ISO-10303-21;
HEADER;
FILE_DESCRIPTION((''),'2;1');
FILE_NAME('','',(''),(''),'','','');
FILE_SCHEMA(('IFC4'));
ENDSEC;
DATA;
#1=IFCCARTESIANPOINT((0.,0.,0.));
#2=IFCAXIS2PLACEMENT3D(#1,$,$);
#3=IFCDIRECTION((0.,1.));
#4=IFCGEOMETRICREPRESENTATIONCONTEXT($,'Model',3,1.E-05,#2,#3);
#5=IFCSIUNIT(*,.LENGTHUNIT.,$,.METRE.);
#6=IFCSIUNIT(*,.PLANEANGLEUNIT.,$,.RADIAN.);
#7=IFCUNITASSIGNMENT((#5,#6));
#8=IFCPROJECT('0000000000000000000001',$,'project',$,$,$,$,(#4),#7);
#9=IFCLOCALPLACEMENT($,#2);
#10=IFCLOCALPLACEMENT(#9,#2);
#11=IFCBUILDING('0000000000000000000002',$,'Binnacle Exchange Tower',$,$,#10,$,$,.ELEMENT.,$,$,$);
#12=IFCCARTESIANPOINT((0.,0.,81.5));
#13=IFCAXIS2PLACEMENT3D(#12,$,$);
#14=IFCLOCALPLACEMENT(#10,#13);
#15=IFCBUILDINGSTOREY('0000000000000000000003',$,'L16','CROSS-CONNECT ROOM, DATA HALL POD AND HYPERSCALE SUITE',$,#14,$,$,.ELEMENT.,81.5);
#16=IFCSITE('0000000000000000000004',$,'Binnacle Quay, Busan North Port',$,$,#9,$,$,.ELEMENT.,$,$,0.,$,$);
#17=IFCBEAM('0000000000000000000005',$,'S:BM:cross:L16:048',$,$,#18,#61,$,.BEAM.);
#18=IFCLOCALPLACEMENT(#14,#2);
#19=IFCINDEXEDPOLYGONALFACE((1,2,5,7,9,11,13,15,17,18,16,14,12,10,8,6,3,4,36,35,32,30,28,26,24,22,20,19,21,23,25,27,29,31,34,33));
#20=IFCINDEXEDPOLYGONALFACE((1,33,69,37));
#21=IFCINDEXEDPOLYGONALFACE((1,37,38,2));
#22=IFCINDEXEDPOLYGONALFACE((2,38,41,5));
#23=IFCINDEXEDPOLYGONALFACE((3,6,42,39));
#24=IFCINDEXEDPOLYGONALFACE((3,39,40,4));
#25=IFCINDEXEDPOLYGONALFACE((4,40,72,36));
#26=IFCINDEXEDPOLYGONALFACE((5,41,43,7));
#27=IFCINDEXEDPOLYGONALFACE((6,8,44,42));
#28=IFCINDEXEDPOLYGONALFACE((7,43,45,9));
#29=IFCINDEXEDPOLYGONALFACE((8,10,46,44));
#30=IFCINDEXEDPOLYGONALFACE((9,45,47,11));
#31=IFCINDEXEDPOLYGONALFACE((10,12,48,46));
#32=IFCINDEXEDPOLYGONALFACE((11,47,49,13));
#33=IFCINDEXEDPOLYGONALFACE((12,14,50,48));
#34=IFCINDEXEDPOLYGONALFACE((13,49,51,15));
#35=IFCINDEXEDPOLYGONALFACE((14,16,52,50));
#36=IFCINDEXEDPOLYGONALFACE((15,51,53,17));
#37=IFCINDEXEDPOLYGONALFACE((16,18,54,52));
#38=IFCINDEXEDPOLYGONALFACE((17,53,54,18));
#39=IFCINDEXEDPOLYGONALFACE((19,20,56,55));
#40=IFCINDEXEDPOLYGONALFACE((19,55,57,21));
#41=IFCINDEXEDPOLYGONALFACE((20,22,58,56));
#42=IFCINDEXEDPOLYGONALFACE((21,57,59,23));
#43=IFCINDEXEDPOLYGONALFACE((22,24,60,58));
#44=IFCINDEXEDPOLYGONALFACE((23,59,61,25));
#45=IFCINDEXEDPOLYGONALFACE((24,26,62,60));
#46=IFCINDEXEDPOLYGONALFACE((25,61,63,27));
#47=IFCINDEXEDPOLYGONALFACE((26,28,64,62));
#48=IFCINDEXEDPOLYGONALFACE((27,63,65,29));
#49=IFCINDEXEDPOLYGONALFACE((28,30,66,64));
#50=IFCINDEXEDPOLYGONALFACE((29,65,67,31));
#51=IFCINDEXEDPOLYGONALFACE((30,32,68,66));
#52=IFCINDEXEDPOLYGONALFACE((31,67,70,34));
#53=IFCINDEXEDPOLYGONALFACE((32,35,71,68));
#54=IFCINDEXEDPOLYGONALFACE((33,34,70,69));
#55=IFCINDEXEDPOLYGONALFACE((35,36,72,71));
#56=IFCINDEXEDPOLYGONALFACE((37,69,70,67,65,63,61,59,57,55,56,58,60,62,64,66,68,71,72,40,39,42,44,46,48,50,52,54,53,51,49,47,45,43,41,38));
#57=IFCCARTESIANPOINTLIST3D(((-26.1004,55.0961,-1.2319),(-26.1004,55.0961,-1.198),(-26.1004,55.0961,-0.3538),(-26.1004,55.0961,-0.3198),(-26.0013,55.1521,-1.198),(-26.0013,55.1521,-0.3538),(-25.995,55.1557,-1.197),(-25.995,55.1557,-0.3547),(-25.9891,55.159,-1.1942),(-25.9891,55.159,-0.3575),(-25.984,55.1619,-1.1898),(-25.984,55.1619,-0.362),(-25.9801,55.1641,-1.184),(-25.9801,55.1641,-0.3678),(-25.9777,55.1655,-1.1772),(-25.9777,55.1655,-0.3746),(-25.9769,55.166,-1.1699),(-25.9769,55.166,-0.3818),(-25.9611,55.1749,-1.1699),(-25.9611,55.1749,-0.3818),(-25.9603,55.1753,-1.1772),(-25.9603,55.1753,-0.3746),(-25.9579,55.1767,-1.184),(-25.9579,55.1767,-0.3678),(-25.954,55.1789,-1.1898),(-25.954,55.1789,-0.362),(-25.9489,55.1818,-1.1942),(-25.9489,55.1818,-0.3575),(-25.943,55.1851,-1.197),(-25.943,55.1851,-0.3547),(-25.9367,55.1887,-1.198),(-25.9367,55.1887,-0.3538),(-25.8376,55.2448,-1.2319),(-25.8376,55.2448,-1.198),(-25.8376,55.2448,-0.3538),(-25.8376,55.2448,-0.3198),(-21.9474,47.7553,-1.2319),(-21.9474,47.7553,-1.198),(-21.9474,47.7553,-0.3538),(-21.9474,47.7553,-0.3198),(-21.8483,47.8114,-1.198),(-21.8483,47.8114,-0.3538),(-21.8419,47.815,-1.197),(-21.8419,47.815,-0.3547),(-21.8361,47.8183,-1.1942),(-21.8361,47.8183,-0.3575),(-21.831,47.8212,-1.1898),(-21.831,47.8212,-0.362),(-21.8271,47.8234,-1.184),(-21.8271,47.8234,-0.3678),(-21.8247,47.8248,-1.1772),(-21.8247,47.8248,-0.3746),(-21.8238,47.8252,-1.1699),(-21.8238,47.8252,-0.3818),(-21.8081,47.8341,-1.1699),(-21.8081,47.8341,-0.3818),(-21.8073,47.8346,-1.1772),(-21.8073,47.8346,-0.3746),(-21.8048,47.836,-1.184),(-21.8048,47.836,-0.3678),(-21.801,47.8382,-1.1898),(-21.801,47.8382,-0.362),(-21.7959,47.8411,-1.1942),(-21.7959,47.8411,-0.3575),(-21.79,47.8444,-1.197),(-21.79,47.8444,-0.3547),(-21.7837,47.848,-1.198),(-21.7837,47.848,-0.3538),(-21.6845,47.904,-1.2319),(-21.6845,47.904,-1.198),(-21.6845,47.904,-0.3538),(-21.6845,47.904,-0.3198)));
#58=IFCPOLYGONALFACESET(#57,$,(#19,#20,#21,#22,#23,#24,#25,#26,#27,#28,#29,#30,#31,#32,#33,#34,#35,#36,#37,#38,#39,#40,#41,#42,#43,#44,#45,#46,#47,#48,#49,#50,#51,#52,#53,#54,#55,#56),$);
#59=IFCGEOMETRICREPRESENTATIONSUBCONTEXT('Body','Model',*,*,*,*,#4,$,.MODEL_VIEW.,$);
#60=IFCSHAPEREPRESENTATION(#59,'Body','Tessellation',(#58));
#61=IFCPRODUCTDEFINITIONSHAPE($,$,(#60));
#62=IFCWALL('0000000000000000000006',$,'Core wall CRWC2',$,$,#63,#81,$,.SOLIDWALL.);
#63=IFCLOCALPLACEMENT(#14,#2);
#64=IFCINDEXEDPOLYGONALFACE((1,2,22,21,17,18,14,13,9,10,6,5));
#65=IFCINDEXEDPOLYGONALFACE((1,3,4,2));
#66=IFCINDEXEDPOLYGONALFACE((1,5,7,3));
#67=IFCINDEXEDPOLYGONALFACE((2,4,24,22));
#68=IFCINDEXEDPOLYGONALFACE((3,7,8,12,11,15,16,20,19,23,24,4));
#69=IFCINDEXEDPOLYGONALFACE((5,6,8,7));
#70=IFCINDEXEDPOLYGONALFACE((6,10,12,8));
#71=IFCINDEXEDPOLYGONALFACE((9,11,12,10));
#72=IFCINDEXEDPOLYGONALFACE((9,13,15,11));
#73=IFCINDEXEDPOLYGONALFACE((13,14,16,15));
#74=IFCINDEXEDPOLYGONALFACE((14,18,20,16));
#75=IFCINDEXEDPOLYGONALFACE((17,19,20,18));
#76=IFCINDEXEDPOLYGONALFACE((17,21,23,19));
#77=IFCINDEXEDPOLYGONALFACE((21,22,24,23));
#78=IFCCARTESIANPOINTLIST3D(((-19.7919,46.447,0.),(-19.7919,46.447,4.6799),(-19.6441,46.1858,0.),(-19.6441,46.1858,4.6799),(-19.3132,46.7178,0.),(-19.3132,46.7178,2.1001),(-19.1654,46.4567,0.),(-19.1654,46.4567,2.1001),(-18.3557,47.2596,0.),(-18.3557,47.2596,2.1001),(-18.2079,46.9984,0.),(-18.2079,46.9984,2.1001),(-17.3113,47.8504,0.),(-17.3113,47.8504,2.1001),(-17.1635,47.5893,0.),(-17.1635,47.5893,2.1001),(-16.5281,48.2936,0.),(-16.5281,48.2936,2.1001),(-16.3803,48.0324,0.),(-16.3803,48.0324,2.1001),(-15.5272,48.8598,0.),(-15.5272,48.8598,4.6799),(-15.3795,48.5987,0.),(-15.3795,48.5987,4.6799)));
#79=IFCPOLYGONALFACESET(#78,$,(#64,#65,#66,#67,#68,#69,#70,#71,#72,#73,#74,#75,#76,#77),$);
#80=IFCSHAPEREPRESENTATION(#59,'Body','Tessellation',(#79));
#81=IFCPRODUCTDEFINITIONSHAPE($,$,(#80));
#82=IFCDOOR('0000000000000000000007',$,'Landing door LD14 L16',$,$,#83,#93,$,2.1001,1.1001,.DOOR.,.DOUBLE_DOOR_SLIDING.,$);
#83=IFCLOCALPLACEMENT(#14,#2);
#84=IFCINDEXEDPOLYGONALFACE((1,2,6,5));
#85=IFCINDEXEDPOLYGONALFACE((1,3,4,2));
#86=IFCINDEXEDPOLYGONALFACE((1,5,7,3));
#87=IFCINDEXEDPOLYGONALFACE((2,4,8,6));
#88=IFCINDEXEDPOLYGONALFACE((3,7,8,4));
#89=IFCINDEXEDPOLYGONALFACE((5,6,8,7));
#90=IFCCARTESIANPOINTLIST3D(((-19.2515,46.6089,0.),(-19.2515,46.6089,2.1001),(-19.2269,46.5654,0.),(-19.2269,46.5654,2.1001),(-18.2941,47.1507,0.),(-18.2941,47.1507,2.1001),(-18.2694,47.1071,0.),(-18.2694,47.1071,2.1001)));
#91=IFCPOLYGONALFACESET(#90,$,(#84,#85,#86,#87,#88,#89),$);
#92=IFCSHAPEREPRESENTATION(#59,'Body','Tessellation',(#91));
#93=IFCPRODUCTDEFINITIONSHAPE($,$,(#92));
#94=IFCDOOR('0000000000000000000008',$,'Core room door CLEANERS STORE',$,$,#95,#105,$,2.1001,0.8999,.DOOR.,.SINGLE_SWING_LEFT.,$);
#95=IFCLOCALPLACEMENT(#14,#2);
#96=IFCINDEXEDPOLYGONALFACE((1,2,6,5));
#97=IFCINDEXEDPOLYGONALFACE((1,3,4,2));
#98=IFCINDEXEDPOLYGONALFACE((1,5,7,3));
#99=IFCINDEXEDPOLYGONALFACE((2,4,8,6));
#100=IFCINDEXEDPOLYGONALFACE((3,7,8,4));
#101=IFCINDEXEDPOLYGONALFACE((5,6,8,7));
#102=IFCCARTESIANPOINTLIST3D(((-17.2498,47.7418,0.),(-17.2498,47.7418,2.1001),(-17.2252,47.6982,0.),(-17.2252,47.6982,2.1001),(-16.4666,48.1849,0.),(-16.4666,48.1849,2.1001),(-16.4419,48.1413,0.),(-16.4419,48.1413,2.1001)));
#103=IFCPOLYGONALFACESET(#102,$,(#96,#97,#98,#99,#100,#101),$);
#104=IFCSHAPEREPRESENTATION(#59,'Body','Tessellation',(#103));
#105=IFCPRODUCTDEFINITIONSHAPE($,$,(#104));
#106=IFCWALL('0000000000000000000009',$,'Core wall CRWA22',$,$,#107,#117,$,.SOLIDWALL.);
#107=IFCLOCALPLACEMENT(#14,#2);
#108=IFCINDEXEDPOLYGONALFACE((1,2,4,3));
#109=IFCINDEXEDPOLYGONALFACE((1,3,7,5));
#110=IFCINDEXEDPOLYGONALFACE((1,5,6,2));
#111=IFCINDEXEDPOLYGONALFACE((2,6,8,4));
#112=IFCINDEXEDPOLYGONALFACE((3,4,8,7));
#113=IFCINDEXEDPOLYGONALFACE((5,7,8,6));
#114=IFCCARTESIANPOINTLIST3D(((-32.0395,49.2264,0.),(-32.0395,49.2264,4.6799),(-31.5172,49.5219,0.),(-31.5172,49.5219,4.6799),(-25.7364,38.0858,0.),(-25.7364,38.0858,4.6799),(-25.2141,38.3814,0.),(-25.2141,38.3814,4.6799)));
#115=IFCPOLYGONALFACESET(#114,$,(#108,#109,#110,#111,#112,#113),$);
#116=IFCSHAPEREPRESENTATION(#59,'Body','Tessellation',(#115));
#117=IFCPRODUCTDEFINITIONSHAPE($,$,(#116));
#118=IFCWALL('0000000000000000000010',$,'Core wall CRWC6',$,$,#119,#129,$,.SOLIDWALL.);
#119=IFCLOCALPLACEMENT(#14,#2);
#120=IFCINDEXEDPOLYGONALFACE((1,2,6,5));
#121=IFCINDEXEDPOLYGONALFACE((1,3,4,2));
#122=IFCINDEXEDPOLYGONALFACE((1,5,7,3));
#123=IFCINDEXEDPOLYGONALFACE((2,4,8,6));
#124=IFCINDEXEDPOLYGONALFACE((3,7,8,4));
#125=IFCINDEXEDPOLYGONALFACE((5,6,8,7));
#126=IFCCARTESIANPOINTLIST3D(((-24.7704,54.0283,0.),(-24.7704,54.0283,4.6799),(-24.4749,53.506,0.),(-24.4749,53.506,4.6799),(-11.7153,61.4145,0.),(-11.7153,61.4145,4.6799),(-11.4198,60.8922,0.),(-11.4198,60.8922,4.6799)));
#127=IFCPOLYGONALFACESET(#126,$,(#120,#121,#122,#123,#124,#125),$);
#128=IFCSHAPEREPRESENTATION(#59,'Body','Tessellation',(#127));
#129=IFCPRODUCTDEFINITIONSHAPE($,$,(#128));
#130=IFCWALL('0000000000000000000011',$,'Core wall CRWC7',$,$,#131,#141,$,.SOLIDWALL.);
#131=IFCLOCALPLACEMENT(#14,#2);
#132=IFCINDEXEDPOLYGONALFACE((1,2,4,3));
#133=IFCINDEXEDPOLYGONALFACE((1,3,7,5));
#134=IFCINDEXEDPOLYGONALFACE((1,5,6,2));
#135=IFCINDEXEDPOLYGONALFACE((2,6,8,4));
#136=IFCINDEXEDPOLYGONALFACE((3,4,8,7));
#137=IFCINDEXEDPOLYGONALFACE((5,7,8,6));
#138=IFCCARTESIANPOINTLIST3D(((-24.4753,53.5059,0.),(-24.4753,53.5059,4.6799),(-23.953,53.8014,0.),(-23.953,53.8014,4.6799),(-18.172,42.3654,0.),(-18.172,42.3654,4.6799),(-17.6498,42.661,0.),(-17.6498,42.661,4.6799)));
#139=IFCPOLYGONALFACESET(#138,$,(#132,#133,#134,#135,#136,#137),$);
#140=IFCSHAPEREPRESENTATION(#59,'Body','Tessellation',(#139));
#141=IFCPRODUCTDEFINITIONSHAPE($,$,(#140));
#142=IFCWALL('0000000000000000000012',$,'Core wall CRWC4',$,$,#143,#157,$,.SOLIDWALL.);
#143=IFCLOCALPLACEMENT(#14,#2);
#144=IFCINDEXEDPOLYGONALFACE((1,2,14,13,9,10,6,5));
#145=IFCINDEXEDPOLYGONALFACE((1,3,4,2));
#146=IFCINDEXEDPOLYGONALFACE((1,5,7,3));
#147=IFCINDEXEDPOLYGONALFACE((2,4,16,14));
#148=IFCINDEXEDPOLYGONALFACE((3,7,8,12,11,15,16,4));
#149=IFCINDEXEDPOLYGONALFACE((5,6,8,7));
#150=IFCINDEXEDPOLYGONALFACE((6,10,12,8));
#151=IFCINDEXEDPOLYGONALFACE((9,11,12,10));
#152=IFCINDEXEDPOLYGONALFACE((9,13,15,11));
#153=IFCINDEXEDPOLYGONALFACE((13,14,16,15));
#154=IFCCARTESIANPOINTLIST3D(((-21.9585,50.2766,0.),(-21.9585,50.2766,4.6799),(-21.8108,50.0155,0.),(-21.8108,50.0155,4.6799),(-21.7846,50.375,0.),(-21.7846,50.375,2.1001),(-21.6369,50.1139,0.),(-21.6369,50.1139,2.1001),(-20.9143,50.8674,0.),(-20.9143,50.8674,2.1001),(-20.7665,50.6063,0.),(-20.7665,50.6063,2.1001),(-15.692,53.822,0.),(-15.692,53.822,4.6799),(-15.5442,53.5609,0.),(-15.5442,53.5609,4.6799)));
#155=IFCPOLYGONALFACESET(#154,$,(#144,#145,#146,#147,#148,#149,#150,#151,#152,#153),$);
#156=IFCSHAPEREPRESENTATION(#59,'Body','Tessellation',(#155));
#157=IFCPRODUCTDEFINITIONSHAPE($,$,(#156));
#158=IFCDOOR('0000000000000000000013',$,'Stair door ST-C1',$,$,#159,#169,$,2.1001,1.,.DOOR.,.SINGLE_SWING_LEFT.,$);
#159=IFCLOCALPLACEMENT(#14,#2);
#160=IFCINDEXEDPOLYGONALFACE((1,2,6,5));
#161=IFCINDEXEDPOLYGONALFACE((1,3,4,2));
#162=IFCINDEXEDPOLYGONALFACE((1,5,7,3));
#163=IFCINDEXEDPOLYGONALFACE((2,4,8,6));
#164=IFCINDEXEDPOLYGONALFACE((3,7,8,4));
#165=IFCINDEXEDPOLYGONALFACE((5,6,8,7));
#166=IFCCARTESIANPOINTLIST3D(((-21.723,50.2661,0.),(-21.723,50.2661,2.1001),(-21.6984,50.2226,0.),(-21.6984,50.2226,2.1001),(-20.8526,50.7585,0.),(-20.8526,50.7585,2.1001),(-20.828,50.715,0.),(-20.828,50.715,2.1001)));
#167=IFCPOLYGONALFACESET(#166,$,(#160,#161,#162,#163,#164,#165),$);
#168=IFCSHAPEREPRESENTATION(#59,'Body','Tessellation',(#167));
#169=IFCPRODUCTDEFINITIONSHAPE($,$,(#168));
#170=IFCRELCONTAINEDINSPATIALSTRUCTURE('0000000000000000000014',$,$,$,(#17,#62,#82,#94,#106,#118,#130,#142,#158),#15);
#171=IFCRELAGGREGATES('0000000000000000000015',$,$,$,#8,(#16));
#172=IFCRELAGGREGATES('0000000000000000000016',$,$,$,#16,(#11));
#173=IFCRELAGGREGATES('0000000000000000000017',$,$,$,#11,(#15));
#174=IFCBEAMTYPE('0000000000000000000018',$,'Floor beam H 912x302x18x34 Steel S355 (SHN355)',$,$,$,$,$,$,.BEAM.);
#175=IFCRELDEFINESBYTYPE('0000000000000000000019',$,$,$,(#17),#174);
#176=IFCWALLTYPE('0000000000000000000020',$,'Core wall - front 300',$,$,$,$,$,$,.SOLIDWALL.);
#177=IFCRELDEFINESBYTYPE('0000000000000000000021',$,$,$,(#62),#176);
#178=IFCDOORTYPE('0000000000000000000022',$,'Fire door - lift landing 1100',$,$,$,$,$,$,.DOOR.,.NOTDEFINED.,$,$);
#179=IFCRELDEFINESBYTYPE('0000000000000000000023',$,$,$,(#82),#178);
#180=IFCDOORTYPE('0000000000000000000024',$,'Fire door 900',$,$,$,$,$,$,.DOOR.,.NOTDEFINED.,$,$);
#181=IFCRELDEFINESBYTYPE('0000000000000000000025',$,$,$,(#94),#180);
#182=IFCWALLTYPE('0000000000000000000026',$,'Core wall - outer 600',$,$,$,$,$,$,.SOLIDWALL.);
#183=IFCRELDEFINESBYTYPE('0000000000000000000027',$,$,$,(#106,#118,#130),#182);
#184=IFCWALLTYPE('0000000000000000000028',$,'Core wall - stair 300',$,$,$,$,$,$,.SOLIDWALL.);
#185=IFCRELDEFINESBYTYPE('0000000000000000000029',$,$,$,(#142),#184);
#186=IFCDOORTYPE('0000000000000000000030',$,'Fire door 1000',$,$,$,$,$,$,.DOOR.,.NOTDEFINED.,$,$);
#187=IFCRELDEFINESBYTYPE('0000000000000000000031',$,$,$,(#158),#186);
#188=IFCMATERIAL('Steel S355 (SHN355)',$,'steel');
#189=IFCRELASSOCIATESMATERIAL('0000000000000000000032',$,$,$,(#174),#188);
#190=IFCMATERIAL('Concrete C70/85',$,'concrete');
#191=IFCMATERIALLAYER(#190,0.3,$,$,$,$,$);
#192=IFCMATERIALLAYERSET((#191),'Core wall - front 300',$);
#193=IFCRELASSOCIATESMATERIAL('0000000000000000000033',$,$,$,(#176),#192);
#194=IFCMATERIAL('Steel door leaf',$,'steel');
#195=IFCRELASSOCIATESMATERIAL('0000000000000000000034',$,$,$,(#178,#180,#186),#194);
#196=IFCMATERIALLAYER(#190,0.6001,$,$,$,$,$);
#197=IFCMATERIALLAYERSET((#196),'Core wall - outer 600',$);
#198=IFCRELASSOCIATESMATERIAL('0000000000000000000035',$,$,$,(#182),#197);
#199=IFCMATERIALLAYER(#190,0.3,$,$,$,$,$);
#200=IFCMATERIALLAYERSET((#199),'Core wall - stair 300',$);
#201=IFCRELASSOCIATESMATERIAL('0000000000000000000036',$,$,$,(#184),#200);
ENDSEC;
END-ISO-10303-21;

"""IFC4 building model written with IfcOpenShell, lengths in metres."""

from ifc_helpers import new_model, si_unit, direction, frame, frame_2d, origin, origin_2d, place, context, subcontext, project, spatial, rectangle, i_section, extrude, material, layer, layer_set, material_profile, profile_set, type_object, element, fill, save


model = new_model("IFC4")

# Units and contexts
model_context = context("Model", 3, precision=1e-05, world=origin(), true_north=direction((0.0, 1.0)))
body_context = subcontext(model_context, "Body", "Model", "MODEL_VIEW")
ifc_project = project(units=[si_unit("LENGTHUNIT", "METRE"), si_unit("PLANEANGLEUNIT", "RADIAN")], contexts=[model_context])

# Site, building, storey
site_placement = place(None, origin())
site = spatial("IfcSite", under=ifc_project, at=site_placement, Name="Binnacle Quay, Busan North Port", CompositionType="ELEMENT", RefElevation=0.0)
building_placement = place(site_placement, origin())
building = spatial("IfcBuilding", under=site, at=building_placement, Name="Binnacle Exchange Tower", CompositionType="ELEMENT")
storey_placement = place(building_placement, frame((0.0, 0.0, 81.5)))
storey = spatial("IfcBuildingStorey", under=building, at=storey_placement, Name="L16", Description="CROSS-CONNECT ROOM, DATA HALL POD AND HYPERSCALE SUITE", CompositionType="ELEMENT", Elevation=81.5)

# Shared definitions
ifc_material_1 = material(Name="Concrete C70/85", Category="concrete")

# Beam
ifc_material_2 = material(Name="Steel S355 (SHN355)", Category="steel")
ifc_material_profile_1 = material_profile(ifc_material_2, i_section(OverallWidth=0.302, OverallDepth=0.9121, WebThickness=0.0181, FlangeThickness=0.0339, FilletRadius=0.0281, at=origin_2d()), Name="H 912x302x18x34")
ifc_profile_set_1 = profile_set([ifc_material_profile_1], Name="Steel S355 (SHN355)")
beam_type_1 = type_object("IfcBeamType", Name="Floor beam H 912x302x18x34 Steel S355 (SHN355)", PredefinedType="BEAM", material=ifc_profile_set_1)
beam_1_placement = place(storey_placement, frame((-25.969, 55.1704, -0.7759), z_axis=(0.492409, -0.870364, 0.0), x_axis=(0.870364, 0.492409, 0.0)))
element("IfcBeam", 1, at=beam_1_placement, inside=storey, type_object=beam_type_1, Name="S:BM:cross:L16:048", PredefinedType="BEAM", context=body_context, shape_type="SweptSolid", body=[
    extrude(i_section(OverallWidth=0.302, OverallDepth=0.9121, WebThickness=0.0181, FlangeThickness=0.0339, FilletRadius=0.0281, at=origin_2d()), origin(), (0.0, 0.0, 1.0), 8.4341),
])

# Wall, openings, doors
ifc_layer_1 = layer(ifc_material_1, 0.3)
ifc_layer_set_1 = layer_set([ifc_layer_1], Name="Core wall - front 300")
wall_type_1 = type_object("IfcWallType", Name="Core wall - front 300", PredefinedType="SOLIDWALL", material=ifc_layer_set_1)
wall_1_placement = place(storey_placement, frame((-19.718, 46.3164, 0.0), z_axis=(0.0, 0.0, 1.0), x_axis=(0.870354, 0.492427, 0.0)))
wall_1 = element("IfcWall", 2, at=wall_1_placement, inside=storey, type_object=wall_type_1, Name="Core wall CRWC2", PredefinedType="SOLIDWALL", context=body_context, shape_type="SweptSolid", body=[
    extrude(rectangle(XDim=4.8999, YDim=0.3, at=frame_2d((2.45, 0.0))), origin(), (0.0, 0.0, 1.0), 4.6799),
])
opening_1_placement = place(wall_1_placement, frame((0.55, 0.0, 0.0)))
opening_1 = element("IfcOpeningElement", 3, at=opening_1_placement, cuts=wall_1, PredefinedType="OPENING", context=body_context, shape_type="SweptSolid", body=[
    extrude(rectangle(XDim=1.1001, YDim=2.1001, at=frame_2d((0.55, 1.05))), frame((0.0, 0.1599, 0.0), z_axis=(0.0, -1.0, 0.0), x_axis=(1.0, 0.0, 0.0)), (0.0, 0.0, 1.0), 0.3201),
])
opening_2_placement = place(wall_1_placement, frame((2.8501, 0.0, 0.0)))
opening_2 = element("IfcOpeningElement", 4, at=opening_2_placement, cuts=wall_1, PredefinedType="OPENING", context=body_context, shape_type="SweptSolid", body=[
    extrude(rectangle(XDim=0.8999, YDim=2.1001, at=frame_2d((0.45, 1.05))), frame((0.0, 0.1599, 0.0), z_axis=(0.0, -1.0, 0.0), x_axis=(1.0, 0.0, 0.0)), (0.0, 0.0, 1.0), 0.3201),
])
ifc_material_3 = material(Name="Steel door leaf", Category="steel")
door_type_1 = type_object("IfcDoorType", Name="Fire door - lift landing 1100", OperationType="NOTDEFINED", PredefinedType="DOOR", material=ifc_material_3)
door_1_placement = place(opening_1_placement, origin())
door_1 = element("IfcDoor", 5, at=door_1_placement, inside=storey, type_object=door_type_1, Name="Landing door LD14 L16", OperationType="DOUBLE_DOOR_SLIDING", OverallHeight=2.1001, OverallWidth=1.1001, PredefinedType="DOOR", context=body_context, shape_type="SweptSolid", body=[
    extrude(rectangle(XDim=1.1001, YDim=2.1001, at=frame_2d((0.55, 1.05))), frame((0.0, 0.0249, 0.0), z_axis=(0.0, -1.0, 0.0), x_axis=(1.0, 0.0, 0.0)), (0.0, 0.0, 1.0), 0.05),
])
fill(opening_1, door_1)
door_type_2 = type_object("IfcDoorType", Name="Fire door 900", OperationType="NOTDEFINED", PredefinedType="DOOR", material=ifc_material_3)
door_2_placement = place(opening_2_placement, frame((0.8999, 0.0, 0.0), z_axis=(0.0, 0.0, 1.0), x_axis=(-1.0, 0.0, 0.0)))
door_2 = element("IfcDoor", 6, at=door_2_placement, inside=storey, type_object=door_type_2, Name="Core room door CLEANERS STORE", OperationType="SINGLE_SWING_LEFT", OverallHeight=2.1001, OverallWidth=0.8999, PredefinedType="DOOR", context=body_context, shape_type="SweptSolid", body=[
    extrude(rectangle(XDim=0.8999, YDim=2.1001, at=frame_2d((0.45, 1.05))), frame((0.0, 0.0249, 0.0), z_axis=(0.0, -1.0, 0.0), x_axis=(1.0, 0.0, 0.0)), (0.0, 0.0, 1.0), 0.05),
])
fill(opening_2, door_2)

# Walls
ifc_layer_2 = layer(ifc_material_1, 0.6001)
ifc_layer_set_2 = layer_set([ifc_layer_2], Name="Core wall - outer 600")
wall_type_2 = type_object("IfcWallType", Name="Core wall - outer 600", PredefinedType="SOLIDWALL", material=ifc_layer_set_2)
wall_2_placement = place(storey_placement, frame((-31.7783, 49.374, 0.0), z_axis=(0.0, 0.0, 1.0), x_axis=(0.492433, -0.87035, 0.0)))
element("IfcWall", 7, at=wall_2_placement, inside=storey, type_object=wall_type_2, Name="Core wall CRWA22", PredefinedType="SOLIDWALL", context=body_context, shape_type="SweptSolid", body=[
    extrude(rectangle(XDim=12.8, YDim=0.6001, at=frame_2d((6.3999, 0.0))), origin(), (0.0, 0.0, 1.0), 4.6799),
])
wall_3_placement = place(storey_placement, frame((-24.6228, 53.7671, 0.0), z_axis=(0.0, 0.0, 1.0), x_axis=(0.870357, 0.492422, 0.0)))
element("IfcWall", 8, at=wall_3_placement, inside=storey, type_object=wall_type_2, Name="Core wall CRWC6", PredefinedType="SOLIDWALL", context=body_context, shape_type="SweptSolid", body=[
    extrude(rectangle(XDim=14.9998, YDim=0.6001, at=frame_2d((7.5, 0.0))), origin(), (0.0, 0.0, 1.0), 4.6799),
])
wall_4_placement = place(storey_placement, frame((-24.2141, 53.6536, 0.0), z_axis=(0.0, 0.0, 1.0), x_axis=(0.492441, -0.870346, 0.0)))
element("IfcWall", 9, at=wall_4_placement, inside=storey, type_object=wall_type_2, Name="Core wall CRWC7", PredefinedType="SOLIDWALL", context=body_context, shape_type="SweptSolid", body=[
    extrude(rectangle(XDim=12.8, YDim=0.6001, at=frame_2d((6.3999, 0.0))), origin(), (0.0, 0.0, 1.0), 4.6799),
])

# Wall, opening, door
ifc_layer_3 = layer(ifc_material_1, 0.3)
ifc_layer_set_3 = layer_set([ifc_layer_3], Name="Core wall - stair 300")
wall_type_3 = type_object("IfcWallType", Name="Core wall - stair 300", PredefinedType="SOLIDWALL", material=ifc_layer_set_3)
wall_5_placement = place(storey_placement, frame((-21.8848, 50.146, 0.0), z_axis=(0.0, 0.0, 1.0), x_axis=(0.870359, 0.492417, 0.0)))
wall_5 = element("IfcWall", 10, at=wall_5_placement, inside=storey, type_object=wall_type_3, Name="Core wall CRWC4", PredefinedType="SOLIDWALL", context=body_context, shape_type="SweptSolid", body=[
    extrude(rectangle(XDim=7.2, YDim=0.3, at=frame_2d((3.6001, 0.0))), origin(), (0.0, 0.0, 1.0), 4.6799),
])
opening_3_placement = place(wall_5_placement, frame((0.2, 0.0, 0.0)))
opening_3 = element("IfcOpeningElement", 11, at=opening_3_placement, cuts=wall_5, PredefinedType="OPENING", context=body_context, shape_type="SweptSolid", body=[
    extrude(rectangle(XDim=1.0, YDim=2.1001, at=frame_2d((0.5, 1.05))), frame((0.0, 0.1599, 0.0), z_axis=(0.0, -1.0, 0.0), x_axis=(1.0, 0.0, 0.0)), (0.0, 0.0, 1.0), 0.3201),
])
door_type_3 = type_object("IfcDoorType", Name="Fire door 1000", OperationType="NOTDEFINED", PredefinedType="DOOR", material=ifc_material_3)
door_3_placement = place(opening_3_placement, origin())
door_3 = element("IfcDoor", 12, at=door_3_placement, inside=storey, type_object=door_type_3, Name="Stair door ST-C1", OperationType="SINGLE_SWING_LEFT", OverallHeight=2.1001, OverallWidth=1.0, PredefinedType="DOOR", context=body_context, shape_type="SweptSolid", body=[
    extrude(rectangle(XDim=1.0, YDim=2.1001, at=frame_2d((0.5, 1.05))), frame((0.0, 0.0249, 0.0), z_axis=(0.0, -1.0, 0.0), x_axis=(1.0, 0.0, 0.0)), (0.0, 0.0, 1.0), 0.05),
])
fill(opening_3, door_3)

save(model, "model.ifc")
